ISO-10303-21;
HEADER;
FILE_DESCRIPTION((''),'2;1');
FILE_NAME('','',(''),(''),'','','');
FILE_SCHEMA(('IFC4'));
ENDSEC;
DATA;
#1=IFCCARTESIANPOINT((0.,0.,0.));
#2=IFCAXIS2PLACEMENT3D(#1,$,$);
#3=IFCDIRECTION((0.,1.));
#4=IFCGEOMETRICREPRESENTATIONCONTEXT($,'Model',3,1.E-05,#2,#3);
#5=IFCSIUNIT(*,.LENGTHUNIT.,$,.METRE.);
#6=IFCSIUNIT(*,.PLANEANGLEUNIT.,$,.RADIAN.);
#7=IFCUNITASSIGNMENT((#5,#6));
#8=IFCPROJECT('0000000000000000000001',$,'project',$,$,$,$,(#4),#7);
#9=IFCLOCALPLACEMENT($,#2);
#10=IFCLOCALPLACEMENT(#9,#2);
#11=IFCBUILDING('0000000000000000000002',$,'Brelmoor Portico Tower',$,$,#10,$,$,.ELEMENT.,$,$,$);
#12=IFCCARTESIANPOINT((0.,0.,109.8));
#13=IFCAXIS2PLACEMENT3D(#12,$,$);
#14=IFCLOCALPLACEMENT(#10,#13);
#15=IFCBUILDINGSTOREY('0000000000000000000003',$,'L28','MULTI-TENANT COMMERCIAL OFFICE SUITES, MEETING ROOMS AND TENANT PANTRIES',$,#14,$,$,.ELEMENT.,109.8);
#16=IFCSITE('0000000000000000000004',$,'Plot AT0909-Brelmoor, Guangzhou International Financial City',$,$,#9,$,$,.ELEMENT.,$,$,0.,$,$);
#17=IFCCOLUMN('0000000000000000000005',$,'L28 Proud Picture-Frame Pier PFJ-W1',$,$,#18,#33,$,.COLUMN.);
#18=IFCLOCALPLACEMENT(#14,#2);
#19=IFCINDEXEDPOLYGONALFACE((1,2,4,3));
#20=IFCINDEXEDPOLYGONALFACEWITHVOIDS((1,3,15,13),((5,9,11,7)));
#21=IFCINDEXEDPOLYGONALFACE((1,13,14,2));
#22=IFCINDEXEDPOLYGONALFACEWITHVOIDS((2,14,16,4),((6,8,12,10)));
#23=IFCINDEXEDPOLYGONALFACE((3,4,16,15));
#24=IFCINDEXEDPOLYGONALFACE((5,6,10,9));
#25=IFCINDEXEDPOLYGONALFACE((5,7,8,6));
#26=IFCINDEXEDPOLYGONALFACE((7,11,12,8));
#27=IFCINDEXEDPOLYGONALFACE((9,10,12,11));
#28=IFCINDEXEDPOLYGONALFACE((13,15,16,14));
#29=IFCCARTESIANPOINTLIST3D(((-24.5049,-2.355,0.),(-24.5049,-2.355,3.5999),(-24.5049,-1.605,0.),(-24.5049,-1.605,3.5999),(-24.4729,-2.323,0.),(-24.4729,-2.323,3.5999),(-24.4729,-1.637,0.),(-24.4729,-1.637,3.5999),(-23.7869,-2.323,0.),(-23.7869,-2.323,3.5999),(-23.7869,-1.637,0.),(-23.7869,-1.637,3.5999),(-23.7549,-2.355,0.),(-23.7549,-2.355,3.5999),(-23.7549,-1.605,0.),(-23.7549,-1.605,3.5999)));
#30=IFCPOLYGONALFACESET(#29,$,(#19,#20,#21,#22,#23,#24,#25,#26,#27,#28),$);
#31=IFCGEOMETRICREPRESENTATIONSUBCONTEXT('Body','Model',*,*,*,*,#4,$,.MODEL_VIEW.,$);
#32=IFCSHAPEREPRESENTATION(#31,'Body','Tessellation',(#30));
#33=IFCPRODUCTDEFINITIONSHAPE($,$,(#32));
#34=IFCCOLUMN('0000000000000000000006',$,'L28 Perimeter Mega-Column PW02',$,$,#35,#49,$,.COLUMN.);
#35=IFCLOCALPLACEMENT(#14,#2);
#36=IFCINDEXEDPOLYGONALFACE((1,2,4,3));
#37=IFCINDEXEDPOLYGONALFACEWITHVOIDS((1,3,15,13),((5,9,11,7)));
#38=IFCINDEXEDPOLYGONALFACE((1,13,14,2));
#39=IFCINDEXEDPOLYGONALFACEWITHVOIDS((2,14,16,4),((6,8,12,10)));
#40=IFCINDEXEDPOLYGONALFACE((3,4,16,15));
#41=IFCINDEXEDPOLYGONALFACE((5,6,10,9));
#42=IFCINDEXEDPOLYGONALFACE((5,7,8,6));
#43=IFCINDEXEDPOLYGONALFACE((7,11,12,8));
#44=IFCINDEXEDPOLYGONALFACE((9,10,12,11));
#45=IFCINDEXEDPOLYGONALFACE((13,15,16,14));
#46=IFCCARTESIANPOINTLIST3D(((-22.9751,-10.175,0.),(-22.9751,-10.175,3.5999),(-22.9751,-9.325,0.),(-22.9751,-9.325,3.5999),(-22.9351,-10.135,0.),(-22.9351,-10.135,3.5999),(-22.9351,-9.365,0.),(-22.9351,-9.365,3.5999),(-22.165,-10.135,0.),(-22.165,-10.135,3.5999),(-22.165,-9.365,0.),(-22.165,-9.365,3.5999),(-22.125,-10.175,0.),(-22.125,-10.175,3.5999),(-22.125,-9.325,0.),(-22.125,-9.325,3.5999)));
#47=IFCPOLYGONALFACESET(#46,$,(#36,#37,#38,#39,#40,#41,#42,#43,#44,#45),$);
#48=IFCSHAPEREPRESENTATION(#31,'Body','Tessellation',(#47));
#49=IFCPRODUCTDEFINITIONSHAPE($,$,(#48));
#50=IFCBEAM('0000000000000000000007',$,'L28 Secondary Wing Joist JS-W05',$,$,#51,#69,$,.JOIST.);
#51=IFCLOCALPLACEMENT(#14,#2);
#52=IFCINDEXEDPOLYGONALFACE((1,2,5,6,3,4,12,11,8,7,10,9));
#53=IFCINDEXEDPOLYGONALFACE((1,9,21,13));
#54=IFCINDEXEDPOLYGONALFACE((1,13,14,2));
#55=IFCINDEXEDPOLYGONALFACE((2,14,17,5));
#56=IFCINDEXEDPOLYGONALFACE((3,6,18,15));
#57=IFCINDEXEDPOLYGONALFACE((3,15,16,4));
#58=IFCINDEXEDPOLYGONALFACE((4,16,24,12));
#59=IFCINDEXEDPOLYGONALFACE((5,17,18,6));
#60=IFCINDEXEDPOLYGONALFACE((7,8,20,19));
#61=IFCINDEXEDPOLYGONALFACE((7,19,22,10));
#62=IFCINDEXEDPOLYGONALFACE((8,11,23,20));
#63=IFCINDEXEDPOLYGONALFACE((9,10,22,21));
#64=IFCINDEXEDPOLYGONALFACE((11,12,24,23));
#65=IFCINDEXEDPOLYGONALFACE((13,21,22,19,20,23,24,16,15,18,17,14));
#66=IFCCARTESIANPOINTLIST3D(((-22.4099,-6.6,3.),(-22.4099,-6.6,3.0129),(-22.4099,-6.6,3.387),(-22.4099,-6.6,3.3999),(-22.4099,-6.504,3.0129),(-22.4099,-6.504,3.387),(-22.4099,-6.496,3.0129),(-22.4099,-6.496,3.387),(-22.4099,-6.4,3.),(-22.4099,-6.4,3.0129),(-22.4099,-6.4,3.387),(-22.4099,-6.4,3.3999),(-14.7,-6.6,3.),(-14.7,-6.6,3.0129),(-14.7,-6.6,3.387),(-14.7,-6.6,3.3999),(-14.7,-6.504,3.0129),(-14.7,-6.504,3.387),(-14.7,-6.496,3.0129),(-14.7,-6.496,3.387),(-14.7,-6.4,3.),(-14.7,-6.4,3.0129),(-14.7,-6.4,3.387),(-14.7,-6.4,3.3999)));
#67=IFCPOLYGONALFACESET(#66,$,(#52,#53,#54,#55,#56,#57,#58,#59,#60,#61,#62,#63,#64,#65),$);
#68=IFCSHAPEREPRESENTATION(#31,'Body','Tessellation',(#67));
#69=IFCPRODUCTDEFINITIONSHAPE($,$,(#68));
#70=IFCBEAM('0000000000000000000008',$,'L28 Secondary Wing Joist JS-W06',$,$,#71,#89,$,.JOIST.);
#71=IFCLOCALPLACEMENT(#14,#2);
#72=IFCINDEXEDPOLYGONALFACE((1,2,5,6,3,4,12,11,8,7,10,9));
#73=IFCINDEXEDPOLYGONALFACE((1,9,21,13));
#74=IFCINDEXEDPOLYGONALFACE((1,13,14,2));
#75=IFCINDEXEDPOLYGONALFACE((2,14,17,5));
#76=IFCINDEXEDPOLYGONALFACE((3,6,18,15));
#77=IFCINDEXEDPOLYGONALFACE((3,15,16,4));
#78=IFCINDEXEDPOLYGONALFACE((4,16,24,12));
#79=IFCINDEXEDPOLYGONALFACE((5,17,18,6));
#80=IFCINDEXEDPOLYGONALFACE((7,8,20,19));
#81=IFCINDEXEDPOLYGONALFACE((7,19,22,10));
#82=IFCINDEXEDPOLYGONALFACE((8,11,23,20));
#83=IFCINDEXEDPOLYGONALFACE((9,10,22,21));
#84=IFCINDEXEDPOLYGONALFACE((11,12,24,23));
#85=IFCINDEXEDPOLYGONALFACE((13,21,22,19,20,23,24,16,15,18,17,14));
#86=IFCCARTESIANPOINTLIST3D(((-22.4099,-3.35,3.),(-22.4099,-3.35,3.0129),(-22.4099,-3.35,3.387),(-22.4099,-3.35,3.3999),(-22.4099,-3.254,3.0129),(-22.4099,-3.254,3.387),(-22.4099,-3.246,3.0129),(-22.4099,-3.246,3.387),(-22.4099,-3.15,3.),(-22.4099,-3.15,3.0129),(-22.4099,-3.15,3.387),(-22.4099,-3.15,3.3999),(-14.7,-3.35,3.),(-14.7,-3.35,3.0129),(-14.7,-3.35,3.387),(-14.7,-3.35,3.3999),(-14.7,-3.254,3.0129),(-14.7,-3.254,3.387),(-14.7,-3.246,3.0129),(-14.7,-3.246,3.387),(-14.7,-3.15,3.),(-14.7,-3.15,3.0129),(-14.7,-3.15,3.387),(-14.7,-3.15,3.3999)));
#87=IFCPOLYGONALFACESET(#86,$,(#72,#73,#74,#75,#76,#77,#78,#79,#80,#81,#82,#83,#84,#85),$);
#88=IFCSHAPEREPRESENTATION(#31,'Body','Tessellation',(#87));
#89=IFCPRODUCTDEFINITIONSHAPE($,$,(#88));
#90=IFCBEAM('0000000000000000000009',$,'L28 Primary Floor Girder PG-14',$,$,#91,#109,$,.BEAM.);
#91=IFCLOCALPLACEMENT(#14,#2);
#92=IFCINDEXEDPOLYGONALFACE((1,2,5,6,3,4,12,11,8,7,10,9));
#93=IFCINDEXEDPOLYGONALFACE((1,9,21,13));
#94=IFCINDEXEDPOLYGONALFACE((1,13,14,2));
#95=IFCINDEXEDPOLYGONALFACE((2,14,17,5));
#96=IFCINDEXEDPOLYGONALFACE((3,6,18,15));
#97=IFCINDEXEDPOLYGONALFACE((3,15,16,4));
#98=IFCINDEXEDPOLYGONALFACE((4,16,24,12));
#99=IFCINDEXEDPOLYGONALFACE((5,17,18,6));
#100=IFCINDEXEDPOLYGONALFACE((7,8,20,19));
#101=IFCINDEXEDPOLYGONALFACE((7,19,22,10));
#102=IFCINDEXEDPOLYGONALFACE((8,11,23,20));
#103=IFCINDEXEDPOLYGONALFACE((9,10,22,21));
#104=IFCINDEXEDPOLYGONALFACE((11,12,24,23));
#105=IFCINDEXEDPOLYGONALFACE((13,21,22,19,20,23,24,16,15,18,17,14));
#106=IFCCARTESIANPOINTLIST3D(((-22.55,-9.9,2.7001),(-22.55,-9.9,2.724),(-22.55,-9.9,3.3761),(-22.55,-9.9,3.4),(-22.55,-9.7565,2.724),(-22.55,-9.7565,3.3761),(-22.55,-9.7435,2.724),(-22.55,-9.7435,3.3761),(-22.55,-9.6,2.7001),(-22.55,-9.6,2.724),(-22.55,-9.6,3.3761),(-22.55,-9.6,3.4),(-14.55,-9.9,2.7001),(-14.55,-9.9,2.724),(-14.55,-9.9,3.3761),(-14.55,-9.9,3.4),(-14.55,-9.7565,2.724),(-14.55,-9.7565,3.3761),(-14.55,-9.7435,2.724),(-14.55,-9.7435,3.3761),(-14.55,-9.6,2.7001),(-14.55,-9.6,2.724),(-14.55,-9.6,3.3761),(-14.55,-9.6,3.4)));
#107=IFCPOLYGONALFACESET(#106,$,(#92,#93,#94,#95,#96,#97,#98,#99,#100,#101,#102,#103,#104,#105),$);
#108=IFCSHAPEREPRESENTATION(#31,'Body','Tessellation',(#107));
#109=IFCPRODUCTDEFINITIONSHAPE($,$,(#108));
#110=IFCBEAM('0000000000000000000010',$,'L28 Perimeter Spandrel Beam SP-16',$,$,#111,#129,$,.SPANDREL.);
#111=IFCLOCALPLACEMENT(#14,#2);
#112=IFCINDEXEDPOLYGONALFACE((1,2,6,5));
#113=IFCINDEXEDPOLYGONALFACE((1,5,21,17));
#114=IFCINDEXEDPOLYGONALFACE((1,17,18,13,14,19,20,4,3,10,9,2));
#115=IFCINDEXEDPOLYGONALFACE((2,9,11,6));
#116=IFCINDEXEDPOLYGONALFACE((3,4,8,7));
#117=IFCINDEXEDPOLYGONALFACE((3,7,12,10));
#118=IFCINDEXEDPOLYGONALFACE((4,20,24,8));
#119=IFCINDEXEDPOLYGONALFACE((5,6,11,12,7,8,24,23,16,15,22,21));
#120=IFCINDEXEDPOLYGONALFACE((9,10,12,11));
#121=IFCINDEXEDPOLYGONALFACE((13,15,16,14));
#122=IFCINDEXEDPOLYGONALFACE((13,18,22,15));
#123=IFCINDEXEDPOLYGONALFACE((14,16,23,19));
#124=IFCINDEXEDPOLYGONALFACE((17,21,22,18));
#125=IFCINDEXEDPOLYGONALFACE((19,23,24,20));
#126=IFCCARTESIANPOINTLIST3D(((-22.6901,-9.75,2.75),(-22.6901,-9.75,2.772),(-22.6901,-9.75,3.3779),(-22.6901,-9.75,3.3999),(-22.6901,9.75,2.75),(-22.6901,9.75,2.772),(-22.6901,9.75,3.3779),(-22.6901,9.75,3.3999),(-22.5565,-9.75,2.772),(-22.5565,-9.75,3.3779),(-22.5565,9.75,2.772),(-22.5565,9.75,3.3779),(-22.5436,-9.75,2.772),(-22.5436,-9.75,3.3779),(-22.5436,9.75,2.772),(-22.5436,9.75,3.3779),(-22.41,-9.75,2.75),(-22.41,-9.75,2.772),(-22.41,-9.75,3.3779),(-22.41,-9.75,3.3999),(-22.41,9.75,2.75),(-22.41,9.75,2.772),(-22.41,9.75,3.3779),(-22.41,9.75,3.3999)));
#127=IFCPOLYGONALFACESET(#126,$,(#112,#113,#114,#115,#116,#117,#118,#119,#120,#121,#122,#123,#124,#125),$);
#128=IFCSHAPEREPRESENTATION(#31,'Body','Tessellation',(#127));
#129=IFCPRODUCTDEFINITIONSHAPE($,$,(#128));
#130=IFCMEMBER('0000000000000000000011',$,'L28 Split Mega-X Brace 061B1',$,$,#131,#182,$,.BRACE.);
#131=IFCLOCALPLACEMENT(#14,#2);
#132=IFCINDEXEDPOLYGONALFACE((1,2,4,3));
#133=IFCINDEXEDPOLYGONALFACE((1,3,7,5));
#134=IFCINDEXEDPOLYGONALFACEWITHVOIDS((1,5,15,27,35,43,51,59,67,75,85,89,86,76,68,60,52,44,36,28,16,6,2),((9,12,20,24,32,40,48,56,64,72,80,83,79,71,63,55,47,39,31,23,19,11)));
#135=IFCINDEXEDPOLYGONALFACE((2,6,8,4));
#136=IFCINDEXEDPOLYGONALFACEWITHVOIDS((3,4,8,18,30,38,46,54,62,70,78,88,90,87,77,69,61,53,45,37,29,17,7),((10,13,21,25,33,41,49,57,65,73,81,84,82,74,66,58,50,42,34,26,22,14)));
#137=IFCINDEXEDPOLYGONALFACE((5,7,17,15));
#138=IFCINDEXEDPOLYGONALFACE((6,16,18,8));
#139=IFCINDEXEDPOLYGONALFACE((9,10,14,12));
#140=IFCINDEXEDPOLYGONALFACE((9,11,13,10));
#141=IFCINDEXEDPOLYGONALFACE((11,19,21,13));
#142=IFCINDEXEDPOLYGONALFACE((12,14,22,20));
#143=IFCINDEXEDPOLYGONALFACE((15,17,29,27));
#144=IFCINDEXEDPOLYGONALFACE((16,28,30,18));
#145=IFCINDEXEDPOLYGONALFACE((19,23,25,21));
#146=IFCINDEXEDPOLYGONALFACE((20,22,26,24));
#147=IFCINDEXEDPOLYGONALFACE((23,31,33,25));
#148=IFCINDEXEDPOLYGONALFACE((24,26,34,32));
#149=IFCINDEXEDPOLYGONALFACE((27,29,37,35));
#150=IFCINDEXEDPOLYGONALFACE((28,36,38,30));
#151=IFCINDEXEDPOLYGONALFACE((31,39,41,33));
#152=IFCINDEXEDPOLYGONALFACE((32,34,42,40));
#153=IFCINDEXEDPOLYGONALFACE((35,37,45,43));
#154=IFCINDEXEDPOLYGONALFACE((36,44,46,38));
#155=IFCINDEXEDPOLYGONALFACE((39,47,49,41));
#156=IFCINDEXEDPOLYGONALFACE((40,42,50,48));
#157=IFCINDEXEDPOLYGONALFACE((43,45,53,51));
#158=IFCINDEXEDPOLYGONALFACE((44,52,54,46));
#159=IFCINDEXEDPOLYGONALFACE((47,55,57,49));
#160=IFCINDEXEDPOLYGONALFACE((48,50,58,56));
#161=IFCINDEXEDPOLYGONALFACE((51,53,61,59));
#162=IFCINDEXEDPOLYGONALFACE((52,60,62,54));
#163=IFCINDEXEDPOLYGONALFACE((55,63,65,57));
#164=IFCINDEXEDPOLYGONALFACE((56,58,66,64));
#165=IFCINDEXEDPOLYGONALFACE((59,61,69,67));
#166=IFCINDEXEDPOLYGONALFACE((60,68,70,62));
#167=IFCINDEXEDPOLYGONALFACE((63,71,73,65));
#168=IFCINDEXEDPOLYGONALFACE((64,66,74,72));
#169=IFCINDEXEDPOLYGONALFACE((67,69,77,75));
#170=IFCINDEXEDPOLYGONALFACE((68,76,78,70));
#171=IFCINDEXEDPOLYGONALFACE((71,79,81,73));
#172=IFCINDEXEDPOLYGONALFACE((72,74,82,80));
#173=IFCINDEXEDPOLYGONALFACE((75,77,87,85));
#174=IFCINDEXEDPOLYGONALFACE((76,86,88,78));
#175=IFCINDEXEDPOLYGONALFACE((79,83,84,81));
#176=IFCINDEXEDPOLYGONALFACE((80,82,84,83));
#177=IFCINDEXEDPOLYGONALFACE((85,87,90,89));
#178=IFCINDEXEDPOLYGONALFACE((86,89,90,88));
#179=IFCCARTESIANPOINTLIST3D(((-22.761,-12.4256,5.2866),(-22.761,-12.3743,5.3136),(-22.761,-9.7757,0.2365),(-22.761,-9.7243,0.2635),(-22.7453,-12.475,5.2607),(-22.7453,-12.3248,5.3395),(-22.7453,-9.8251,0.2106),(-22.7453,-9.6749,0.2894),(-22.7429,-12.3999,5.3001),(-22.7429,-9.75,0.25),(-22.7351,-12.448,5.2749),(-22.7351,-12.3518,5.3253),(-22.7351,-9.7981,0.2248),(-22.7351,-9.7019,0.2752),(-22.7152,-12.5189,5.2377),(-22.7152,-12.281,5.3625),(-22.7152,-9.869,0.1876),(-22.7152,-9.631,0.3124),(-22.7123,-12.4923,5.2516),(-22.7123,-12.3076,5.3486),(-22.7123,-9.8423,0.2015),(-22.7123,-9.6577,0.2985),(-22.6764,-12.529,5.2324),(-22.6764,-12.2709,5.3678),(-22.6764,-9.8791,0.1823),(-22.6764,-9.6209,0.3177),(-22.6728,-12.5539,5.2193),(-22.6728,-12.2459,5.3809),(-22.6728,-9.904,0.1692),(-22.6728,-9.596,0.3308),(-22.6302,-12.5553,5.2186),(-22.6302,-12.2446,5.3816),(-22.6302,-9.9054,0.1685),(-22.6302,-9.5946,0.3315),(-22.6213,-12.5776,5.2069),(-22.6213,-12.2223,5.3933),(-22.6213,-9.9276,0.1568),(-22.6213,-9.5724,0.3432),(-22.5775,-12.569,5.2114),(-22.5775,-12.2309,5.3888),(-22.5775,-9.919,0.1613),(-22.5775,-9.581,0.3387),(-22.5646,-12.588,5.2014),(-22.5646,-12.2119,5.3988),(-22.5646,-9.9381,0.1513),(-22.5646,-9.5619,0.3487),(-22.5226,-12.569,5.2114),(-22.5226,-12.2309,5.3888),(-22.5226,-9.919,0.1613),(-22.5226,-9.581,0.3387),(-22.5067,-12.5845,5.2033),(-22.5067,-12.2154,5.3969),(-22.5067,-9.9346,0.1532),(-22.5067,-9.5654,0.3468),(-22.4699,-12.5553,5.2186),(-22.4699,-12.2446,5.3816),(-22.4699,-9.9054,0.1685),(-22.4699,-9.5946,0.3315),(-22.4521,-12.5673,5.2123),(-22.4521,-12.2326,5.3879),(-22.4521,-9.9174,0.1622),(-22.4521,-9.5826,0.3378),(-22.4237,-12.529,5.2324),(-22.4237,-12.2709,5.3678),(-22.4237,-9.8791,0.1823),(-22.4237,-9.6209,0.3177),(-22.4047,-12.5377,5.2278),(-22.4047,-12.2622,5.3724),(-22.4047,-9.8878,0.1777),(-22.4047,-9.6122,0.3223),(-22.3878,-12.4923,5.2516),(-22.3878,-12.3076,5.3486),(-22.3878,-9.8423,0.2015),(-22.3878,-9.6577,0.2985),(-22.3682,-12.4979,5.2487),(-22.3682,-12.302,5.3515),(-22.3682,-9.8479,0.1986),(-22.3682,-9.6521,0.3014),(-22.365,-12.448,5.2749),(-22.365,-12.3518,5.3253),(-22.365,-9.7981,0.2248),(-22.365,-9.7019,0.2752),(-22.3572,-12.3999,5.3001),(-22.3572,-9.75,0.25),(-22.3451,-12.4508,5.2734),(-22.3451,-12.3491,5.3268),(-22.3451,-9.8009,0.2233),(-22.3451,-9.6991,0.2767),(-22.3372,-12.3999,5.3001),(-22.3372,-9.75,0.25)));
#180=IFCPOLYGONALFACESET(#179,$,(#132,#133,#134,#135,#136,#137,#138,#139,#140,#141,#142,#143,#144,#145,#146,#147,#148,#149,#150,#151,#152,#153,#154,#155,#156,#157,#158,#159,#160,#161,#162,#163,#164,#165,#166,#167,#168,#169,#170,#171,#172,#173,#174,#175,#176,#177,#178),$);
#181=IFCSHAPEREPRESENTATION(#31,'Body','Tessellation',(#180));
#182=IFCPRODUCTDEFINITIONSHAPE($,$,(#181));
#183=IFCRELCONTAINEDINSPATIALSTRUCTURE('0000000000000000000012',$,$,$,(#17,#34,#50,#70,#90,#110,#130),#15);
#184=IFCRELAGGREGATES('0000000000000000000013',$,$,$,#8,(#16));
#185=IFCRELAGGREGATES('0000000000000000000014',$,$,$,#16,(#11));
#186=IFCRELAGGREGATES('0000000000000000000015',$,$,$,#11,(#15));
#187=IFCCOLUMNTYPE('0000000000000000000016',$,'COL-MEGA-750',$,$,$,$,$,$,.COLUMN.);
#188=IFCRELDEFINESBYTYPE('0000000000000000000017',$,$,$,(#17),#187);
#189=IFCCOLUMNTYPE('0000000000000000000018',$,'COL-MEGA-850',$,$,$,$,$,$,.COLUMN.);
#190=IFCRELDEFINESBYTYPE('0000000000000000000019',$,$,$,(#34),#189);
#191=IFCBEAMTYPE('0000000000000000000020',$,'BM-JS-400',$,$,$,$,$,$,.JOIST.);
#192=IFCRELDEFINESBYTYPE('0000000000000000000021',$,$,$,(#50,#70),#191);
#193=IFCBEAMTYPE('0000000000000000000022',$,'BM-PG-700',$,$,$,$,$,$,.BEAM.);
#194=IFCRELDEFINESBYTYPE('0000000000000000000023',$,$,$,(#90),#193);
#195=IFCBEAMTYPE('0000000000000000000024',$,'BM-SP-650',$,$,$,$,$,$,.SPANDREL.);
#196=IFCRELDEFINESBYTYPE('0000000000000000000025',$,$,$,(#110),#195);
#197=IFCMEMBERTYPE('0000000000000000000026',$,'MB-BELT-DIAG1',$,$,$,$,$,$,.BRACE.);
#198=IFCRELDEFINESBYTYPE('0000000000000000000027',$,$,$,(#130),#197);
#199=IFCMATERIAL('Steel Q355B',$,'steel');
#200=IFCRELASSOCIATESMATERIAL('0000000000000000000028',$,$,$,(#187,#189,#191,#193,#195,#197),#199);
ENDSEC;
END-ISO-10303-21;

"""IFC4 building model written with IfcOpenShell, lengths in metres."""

from ifc_helpers import new_model, si_unit, direction, frame, origin, origin_2d, place, context, subcontext, project, spatial, hollow_rectangle, hollow_circle, i_section, extrude, material, material_profile, profile_set, type_object, element, save


model = new_model("IFC4")

# Units and contexts
model_context = context("Model", 3, precision=1e-05, world=origin(), true_north=direction((0.0, 1.0)))
body_context = subcontext(model_context, "Body", "Model", "MODEL_VIEW")
ifc_project = project(units=[si_unit("LENGTHUNIT", "METRE"), si_unit("PLANEANGLEUNIT", "RADIAN")], contexts=[model_context])

# Site, building, storey
site_placement = place(None, origin())
site = spatial("IfcSite", under=ifc_project, at=site_placement, Name="Plot AT0909-Brelmoor, Guangzhou International Financial City", CompositionType="ELEMENT", RefElevation=0.0)
building_placement = place(site_placement, origin())
building = spatial("IfcBuilding", under=site, at=building_placement, Name="Brelmoor Portico Tower", CompositionType="ELEMENT")
storey_placement = place(building_placement, frame((0.0, 0.0, 109.8)))
storey = spatial("IfcBuildingStorey", under=building, at=storey_placement, Name="L28", Description="MULTI-TENANT COMMERCIAL OFFICE SUITES, MEETING ROOMS AND TENANT PANTRIES", CompositionType="ELEMENT", Elevation=109.8)

# Columns
ifc_material_1 = material(Name="Steel Q355B", Category="steel")
ifc_material_profile_1 = material_profile(ifc_material_1, hollow_rectangle(XDim=0.75, YDim=0.75, WallThickness=0.032, at=origin_2d()), Name="BOX 750x750x32")
ifc_profile_set_1 = profile_set([ifc_material_profile_1], Name="Steel Q355B")
column_type_1 = type_object("IfcColumnType", Name="COL-MEGA-750", PredefinedType="COLUMN", material=ifc_profile_set_1)
column_1_placement = place(storey_placement, frame((-24.1299, -1.98, 0.0), z_axis=(0.0, 0.0, 1.0), x_axis=(0.0, 1.0, 0.0)))
element("IfcColumn", 1, at=column_1_placement, inside=storey, type_object=column_type_1, Name="L28 Proud Picture-Frame Pier PFJ-W1", PredefinedType="COLUMN", context=body_context, shape_type="SweptSolid", body=[
    extrude(hollow_rectangle(XDim=0.75, YDim=0.75, WallThickness=0.032, at=origin_2d()), origin(), (0.0, 0.0, 1.0), 3.5999),
])
ifc_material_profile_2 = material_profile(ifc_material_1, hollow_rectangle(XDim=0.8501, YDim=0.8501, WallThickness=0.04, at=origin_2d()), Name="BOX 850x850x40")
ifc_profile_set_2 = profile_set([ifc_material_profile_2], Name="Steel Q355B")
column_type_2 = type_object("IfcColumnType", Name="COL-MEGA-850", PredefinedType="COLUMN", material=ifc_profile_set_2)
column_2_placement = place(storey_placement, frame((-22.55, -9.75, 0.0), z_axis=(0.0, 0.0, 1.0), x_axis=(0.0, 1.0, 0.0)))
element("IfcColumn", 2, at=column_2_placement, inside=storey, type_object=column_type_2, Name="L28 Perimeter Mega-Column PW02", PredefinedType="COLUMN", context=body_context, shape_type="SweptSolid", body=[
    extrude(hollow_rectangle(XDim=0.8501, YDim=0.8501, WallThickness=0.04, at=origin_2d()), origin(), (0.0, 0.0, 1.0), 3.5999),
])

# Beams
ifc_material_profile_3 = material_profile(ifc_material_1, i_section(OverallWidth=0.2, OverallDepth=0.3999, WebThickness=0.0081, FlangeThickness=0.0129, at=origin_2d()), Name="HN 400x200x8x13")
ifc_profile_set_3 = profile_set([ifc_material_profile_3], Name="Steel Q355B")
beam_type_1 = type_object("IfcBeamType", Name="BM-JS-400", PredefinedType="JOIST", material=ifc_profile_set_3)
for number, where, z_axis, x_axis, name in (
    (3, (-22.4099, -6.5, 3.2), (1.0, 0.0, 0.0), (0.0, 1.0, 0.0), "L28 Secondary Wing Joist JS-W05"),
    (4, (-22.4099, -3.25, 3.2), (1.0, 0.0, 0.0), (0.0, 1.0, 0.0), "L28 Secondary Wing Joist JS-W06"),
):
    element("IfcBeam", number, at=place(storey_placement, frame(where, z_axis=z_axis, x_axis=x_axis)), inside=storey, type_object=beam_type_1, Name=name, PredefinedType="JOIST", context=body_context, shape_type="SweptSolid", body=[
        extrude(i_section(OverallWidth=0.2, OverallDepth=0.3999, WebThickness=0.0081, FlangeThickness=0.0129, at=origin_2d()), origin(), (0.0, 0.0, 1.0), 7.71),
    ])
ifc_material_profile_4 = material_profile(ifc_material_1, i_section(OverallWidth=0.3, OverallDepth=0.7, WebThickness=0.0129, FlangeThickness=0.0239, at=origin_2d()), Name="HN 700x300x13x24")
ifc_profile_set_4 = profile_set([ifc_material_profile_4], Name="Steel Q355B")
beam_type_2 = type_object("IfcBeamType", Name="BM-PG-700", PredefinedType="BEAM", material=ifc_profile_set_4)
beam_1_placement = place(storey_placement, frame((-22.55, -9.75, 3.05), z_axis=(1.0, 0.0, 0.0), x_axis=(0.0, 1.0, 0.0)))
element("IfcBeam", 5, at=beam_1_placement, inside=storey, type_object=beam_type_2, Name="L28 Primary Floor Girder PG-14", PredefinedType="BEAM", context=body_context, shape_type="SweptSolid", body=[
    extrude(i_section(OverallWidth=0.3, OverallDepth=0.7, WebThickness=0.0129, FlangeThickness=0.0239, at=origin_2d()), origin(), (0.0, 0.0, 1.0), 8.0),
])
ifc_material_profile_5 = material_profile(ifc_material_1, i_section(OverallWidth=0.28, OverallDepth=0.6499, WebThickness=0.0129, FlangeThickness=0.022, at=origin_2d()), Name="HN 650x280x13x22")
ifc_profile_set_5 = profile_set([ifc_material_profile_5], Name="Steel Q355B")
beam_type_3 = type_object("IfcBeamType", Name="BM-SP-650", PredefinedType="SPANDREL", material=ifc_profile_set_5)
beam_2_placement = place(storey_placement, frame((-22.55, -9.75, 3.075), z_axis=(0.0, 1.0, 0.0), x_axis=(-1.0, 0.0, 0.0)))
element("IfcBeam", 6, at=beam_2_placement, inside=storey, type_object=beam_type_3, Name="L28 Perimeter Spandrel Beam SP-16", PredefinedType="SPANDREL", context=body_context, shape_type="SweptSolid", body=[
    extrude(i_section(OverallWidth=0.28, OverallDepth=0.6499, WebThickness=0.0129, FlangeThickness=0.022, at=origin_2d()), origin(), (0.0, 0.0, 1.0), 19.5),
])

# Member
ifc_material_profile_6 = material_profile(ifc_material_1, hollow_circle(Radius=0.2129, WallThickness=0.02, at=origin_2d()), Name="CHS 426x20")
ifc_profile_set_6 = profile_set([ifc_material_profile_6], Name="Steel Q355B")
member_type_1 = type_object("IfcMemberType", Name="MB-BELT-DIAG1", PredefinedType="BRACE", material=ifc_profile_set_6)
member_1_placement = place(storey_placement, frame((-22.55, -9.75, 0.25), z_axis=(0.0, -0.464645, 0.885497), x_axis=(1.0, 0.0, 0.0)))
element("IfcMember", 7, at=member_1_placement, inside=storey, type_object=member_type_1, Name="L28 Split Mega-X Brace 061B1", PredefinedType="BRACE", context=body_context, shape_type="SweptSolid", body=[
    extrude(hollow_circle(Radius=0.2129, WallThickness=0.02, at=origin_2d()), origin(), (0.0, 0.0, 1.0), 5.7031),
])

save(model, "model.ifc")
